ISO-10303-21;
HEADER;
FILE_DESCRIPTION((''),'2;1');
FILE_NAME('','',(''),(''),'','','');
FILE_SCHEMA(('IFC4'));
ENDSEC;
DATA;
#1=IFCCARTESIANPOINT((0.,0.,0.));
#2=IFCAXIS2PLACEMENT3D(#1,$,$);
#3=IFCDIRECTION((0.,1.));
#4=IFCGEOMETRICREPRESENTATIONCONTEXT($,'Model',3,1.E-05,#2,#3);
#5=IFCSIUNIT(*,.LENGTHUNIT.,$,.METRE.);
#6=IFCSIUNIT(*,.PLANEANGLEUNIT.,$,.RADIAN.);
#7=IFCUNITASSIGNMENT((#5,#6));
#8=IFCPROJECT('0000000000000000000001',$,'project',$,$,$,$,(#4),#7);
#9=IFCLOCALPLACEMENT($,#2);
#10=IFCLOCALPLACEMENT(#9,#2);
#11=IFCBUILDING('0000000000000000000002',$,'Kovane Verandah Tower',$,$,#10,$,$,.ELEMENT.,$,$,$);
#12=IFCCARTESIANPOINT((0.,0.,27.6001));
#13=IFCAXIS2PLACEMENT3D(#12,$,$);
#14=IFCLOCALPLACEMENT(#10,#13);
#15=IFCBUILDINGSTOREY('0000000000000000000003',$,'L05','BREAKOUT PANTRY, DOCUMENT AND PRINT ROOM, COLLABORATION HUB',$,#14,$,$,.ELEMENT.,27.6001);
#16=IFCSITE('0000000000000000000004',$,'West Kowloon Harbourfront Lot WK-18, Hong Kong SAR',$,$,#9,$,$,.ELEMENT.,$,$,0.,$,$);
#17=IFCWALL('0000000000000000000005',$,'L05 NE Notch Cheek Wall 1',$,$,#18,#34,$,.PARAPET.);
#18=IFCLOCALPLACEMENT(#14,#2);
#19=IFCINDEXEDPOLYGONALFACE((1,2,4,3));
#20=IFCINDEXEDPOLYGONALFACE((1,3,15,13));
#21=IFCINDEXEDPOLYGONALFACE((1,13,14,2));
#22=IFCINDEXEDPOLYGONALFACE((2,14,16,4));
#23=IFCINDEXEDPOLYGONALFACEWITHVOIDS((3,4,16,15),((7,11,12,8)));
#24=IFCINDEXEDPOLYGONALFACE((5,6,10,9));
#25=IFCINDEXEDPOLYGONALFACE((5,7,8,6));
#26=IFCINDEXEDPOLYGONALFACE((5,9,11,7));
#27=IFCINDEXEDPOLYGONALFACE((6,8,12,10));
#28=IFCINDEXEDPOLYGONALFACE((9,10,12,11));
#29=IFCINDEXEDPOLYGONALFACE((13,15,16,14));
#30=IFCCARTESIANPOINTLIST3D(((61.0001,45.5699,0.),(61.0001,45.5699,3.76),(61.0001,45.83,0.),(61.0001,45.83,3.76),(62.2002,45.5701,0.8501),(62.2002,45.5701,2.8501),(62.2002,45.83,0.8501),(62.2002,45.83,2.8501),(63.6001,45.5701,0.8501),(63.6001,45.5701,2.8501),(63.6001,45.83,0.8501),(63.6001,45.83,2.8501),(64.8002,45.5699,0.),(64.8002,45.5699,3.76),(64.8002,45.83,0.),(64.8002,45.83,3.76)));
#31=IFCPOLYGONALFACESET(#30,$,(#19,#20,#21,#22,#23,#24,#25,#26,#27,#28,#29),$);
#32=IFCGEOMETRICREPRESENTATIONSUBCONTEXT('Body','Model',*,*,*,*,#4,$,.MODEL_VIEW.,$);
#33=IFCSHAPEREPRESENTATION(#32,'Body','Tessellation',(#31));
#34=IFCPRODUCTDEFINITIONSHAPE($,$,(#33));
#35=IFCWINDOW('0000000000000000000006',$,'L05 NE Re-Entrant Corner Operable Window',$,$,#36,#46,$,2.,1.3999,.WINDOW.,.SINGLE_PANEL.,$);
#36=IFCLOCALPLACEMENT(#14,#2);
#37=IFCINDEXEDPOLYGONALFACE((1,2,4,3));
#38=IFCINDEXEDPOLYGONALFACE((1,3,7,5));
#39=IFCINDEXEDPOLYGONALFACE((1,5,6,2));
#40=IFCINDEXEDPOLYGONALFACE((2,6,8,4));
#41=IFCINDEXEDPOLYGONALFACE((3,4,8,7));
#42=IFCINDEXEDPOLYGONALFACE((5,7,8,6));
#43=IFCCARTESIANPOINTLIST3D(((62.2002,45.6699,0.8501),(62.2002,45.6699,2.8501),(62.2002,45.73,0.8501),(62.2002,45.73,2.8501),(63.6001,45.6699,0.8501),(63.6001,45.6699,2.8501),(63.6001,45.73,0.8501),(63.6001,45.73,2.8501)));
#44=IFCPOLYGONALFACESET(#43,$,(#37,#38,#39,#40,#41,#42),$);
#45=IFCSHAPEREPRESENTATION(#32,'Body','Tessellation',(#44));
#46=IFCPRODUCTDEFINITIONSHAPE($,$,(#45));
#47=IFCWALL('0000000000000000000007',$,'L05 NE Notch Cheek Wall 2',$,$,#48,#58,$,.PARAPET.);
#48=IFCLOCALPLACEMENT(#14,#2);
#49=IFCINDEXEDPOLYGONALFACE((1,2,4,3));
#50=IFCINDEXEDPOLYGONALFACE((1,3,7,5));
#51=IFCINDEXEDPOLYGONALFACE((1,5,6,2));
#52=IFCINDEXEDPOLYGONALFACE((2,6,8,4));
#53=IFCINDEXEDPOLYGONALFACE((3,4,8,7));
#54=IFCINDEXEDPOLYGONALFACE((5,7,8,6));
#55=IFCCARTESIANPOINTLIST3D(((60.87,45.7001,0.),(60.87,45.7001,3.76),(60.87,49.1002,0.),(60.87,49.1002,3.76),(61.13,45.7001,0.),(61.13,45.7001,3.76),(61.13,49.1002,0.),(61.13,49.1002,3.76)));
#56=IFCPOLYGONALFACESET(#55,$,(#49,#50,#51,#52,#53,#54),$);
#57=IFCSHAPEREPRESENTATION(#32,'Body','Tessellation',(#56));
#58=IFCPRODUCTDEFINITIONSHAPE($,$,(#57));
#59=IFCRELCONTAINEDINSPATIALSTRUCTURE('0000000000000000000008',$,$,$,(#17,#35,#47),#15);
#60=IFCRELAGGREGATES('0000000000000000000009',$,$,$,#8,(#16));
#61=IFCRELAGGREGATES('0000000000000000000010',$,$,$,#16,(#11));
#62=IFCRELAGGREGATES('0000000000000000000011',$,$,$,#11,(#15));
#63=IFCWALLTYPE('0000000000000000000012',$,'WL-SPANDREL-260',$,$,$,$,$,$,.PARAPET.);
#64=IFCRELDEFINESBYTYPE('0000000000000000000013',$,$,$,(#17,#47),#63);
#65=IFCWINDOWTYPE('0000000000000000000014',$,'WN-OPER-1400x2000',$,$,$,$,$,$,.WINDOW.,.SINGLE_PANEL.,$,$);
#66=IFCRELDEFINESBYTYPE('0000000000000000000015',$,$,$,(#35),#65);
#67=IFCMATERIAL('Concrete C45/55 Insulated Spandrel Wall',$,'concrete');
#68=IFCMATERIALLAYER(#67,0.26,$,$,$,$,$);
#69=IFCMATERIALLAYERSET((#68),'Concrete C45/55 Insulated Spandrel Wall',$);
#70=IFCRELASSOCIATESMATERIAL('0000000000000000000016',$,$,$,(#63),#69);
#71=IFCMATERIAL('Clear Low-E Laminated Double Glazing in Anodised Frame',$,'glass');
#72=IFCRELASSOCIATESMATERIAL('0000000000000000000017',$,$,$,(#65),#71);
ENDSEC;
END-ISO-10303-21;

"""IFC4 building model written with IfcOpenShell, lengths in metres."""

from ifc_helpers import new_model, si_unit, direction, frame, frame_2d, origin, place, context, subcontext, project, spatial, rectangle, extrude, material, layer, layer_set, type_object, element, fill, save


model = new_model("IFC4")

# Units and contexts
model_context = context("Model", 3, precision=1e-05, world=origin(), true_north=direction((0.0, 1.0)))
body_context = subcontext(model_context, "Body", "Model", "MODEL_VIEW")
ifc_project = project(units=[si_unit("LENGTHUNIT", "METRE"), si_unit("PLANEANGLEUNIT", "RADIAN")], contexts=[model_context])

# Site, building, storey
site_placement = place(None, origin())
site = spatial("IfcSite", under=ifc_project, at=site_placement, Name="West Kowloon Harbourfront Lot WK-18, Hong Kong SAR", CompositionType="ELEMENT", RefElevation=0.0)
building_placement = place(site_placement, origin())
building = spatial("IfcBuilding", under=site, at=building_placement, Name="Kovane Verandah Tower", CompositionType="ELEMENT")
storey_placement = place(building_placement, frame((0.0, 0.0, 27.6001)))
storey = spatial("IfcBuildingStorey", under=building, at=storey_placement, Name="L05", Description="BREAKOUT PANTRY, DOCUMENT AND PRINT ROOM, COLLABORATION HUB", CompositionType="ELEMENT", Elevation=27.6001)

# Wall, opening, window
ifc_material_1 = material(Name="Concrete C45/55 Insulated Spandrel Wall", Category="concrete")
ifc_layer_1 = layer(ifc_material_1, 0.26)
ifc_layer_set_1 = layer_set([ifc_layer_1], Name="Concrete C45/55 Insulated Spandrel Wall")
wall_type = type_object("IfcWallType", Name="WL-SPANDREL-260", PredefinedType="PARAPET", material=ifc_layer_set_1)
wall_1_placement = place(storey_placement, frame((64.8, 45.7, 0.0), z_axis=(0.0, 0.0, 1.0), x_axis=(-1.0, 0.0, 0.0)))
wall_1 = element("IfcWall", 1, at=wall_1_placement, inside=storey, type_object=wall_type, Name="L05 NE Notch Cheek Wall 1", PredefinedType="PARAPET", context=body_context, shape_type="SweptSolid", body=[
    extrude(rectangle(XDim=3.8, YDim=0.26, at=frame_2d((1.8999, 0.0))), origin(), (0.0, 0.0, 1.0), 3.76),
])
opening_placement = place(wall_1_placement, frame((1.2, 0.0, 0.8501)))
opening = element("IfcOpeningElement", 2, at=opening_placement, cuts=wall_1, PredefinedType="OPENING", context=body_context, shape_type="SweptSolid", body=[
    extrude(rectangle(XDim=1.3999, YDim=2.0, at=frame_2d((0.7, 1.0))), frame((0.0, 0.1299, 0.0), z_axis=(0.0, -1.0, 0.0), x_axis=(1.0, 0.0, 0.0)), (0.0, 0.0, 1.0), 0.26),
])
ifc_material_2 = material(Name="Clear Low-E Laminated Double Glazing in Anodised Frame", Category="glass")
window_type = type_object("IfcWindowType", Name="WN-OPER-1400x2000", PartitioningType="SINGLE_PANEL", PredefinedType="WINDOW", material=ifc_material_2)
window_placement = place(opening_placement, origin())
window = element("IfcWindow", 3, at=window_placement, inside=storey, type_object=window_type, Name="L05 NE Re-Entrant Corner Operable Window", OverallHeight=2.0, OverallWidth=1.3999, PartitioningType="SINGLE_PANEL", PredefinedType="WINDOW", context=body_context, shape_type="SweptSolid", body=[
    extrude(rectangle(XDim=1.3999, YDim=2.0, at=frame_2d((0.7, 1.0))), frame((0.0, 0.03, 0.0), z_axis=(0.0, -1.0, 0.0), x_axis=(1.0, 0.0, 0.0)), (0.0, 0.0, 1.0), 0.0601),
])
fill(opening, window)

# Wall
wall_2_placement = place(storey_placement, frame((61.0, 45.7, 0.0), z_axis=(0.0, 0.0, 1.0), x_axis=(0.0, 1.0, 0.0)))
element("IfcWall", 4, at=wall_2_placement, inside=storey, type_object=wall_type, Name="L05 NE Notch Cheek Wall 2", PredefinedType="PARAPET", context=body_context, shape_type="SweptSolid", body=[
    extrude(rectangle(XDim=3.4001, YDim=0.26, at=frame_2d((1.7002, 0.0))), origin(), (0.0, 0.0, 1.0), 3.76),
])

save(model, "model.ifc")
